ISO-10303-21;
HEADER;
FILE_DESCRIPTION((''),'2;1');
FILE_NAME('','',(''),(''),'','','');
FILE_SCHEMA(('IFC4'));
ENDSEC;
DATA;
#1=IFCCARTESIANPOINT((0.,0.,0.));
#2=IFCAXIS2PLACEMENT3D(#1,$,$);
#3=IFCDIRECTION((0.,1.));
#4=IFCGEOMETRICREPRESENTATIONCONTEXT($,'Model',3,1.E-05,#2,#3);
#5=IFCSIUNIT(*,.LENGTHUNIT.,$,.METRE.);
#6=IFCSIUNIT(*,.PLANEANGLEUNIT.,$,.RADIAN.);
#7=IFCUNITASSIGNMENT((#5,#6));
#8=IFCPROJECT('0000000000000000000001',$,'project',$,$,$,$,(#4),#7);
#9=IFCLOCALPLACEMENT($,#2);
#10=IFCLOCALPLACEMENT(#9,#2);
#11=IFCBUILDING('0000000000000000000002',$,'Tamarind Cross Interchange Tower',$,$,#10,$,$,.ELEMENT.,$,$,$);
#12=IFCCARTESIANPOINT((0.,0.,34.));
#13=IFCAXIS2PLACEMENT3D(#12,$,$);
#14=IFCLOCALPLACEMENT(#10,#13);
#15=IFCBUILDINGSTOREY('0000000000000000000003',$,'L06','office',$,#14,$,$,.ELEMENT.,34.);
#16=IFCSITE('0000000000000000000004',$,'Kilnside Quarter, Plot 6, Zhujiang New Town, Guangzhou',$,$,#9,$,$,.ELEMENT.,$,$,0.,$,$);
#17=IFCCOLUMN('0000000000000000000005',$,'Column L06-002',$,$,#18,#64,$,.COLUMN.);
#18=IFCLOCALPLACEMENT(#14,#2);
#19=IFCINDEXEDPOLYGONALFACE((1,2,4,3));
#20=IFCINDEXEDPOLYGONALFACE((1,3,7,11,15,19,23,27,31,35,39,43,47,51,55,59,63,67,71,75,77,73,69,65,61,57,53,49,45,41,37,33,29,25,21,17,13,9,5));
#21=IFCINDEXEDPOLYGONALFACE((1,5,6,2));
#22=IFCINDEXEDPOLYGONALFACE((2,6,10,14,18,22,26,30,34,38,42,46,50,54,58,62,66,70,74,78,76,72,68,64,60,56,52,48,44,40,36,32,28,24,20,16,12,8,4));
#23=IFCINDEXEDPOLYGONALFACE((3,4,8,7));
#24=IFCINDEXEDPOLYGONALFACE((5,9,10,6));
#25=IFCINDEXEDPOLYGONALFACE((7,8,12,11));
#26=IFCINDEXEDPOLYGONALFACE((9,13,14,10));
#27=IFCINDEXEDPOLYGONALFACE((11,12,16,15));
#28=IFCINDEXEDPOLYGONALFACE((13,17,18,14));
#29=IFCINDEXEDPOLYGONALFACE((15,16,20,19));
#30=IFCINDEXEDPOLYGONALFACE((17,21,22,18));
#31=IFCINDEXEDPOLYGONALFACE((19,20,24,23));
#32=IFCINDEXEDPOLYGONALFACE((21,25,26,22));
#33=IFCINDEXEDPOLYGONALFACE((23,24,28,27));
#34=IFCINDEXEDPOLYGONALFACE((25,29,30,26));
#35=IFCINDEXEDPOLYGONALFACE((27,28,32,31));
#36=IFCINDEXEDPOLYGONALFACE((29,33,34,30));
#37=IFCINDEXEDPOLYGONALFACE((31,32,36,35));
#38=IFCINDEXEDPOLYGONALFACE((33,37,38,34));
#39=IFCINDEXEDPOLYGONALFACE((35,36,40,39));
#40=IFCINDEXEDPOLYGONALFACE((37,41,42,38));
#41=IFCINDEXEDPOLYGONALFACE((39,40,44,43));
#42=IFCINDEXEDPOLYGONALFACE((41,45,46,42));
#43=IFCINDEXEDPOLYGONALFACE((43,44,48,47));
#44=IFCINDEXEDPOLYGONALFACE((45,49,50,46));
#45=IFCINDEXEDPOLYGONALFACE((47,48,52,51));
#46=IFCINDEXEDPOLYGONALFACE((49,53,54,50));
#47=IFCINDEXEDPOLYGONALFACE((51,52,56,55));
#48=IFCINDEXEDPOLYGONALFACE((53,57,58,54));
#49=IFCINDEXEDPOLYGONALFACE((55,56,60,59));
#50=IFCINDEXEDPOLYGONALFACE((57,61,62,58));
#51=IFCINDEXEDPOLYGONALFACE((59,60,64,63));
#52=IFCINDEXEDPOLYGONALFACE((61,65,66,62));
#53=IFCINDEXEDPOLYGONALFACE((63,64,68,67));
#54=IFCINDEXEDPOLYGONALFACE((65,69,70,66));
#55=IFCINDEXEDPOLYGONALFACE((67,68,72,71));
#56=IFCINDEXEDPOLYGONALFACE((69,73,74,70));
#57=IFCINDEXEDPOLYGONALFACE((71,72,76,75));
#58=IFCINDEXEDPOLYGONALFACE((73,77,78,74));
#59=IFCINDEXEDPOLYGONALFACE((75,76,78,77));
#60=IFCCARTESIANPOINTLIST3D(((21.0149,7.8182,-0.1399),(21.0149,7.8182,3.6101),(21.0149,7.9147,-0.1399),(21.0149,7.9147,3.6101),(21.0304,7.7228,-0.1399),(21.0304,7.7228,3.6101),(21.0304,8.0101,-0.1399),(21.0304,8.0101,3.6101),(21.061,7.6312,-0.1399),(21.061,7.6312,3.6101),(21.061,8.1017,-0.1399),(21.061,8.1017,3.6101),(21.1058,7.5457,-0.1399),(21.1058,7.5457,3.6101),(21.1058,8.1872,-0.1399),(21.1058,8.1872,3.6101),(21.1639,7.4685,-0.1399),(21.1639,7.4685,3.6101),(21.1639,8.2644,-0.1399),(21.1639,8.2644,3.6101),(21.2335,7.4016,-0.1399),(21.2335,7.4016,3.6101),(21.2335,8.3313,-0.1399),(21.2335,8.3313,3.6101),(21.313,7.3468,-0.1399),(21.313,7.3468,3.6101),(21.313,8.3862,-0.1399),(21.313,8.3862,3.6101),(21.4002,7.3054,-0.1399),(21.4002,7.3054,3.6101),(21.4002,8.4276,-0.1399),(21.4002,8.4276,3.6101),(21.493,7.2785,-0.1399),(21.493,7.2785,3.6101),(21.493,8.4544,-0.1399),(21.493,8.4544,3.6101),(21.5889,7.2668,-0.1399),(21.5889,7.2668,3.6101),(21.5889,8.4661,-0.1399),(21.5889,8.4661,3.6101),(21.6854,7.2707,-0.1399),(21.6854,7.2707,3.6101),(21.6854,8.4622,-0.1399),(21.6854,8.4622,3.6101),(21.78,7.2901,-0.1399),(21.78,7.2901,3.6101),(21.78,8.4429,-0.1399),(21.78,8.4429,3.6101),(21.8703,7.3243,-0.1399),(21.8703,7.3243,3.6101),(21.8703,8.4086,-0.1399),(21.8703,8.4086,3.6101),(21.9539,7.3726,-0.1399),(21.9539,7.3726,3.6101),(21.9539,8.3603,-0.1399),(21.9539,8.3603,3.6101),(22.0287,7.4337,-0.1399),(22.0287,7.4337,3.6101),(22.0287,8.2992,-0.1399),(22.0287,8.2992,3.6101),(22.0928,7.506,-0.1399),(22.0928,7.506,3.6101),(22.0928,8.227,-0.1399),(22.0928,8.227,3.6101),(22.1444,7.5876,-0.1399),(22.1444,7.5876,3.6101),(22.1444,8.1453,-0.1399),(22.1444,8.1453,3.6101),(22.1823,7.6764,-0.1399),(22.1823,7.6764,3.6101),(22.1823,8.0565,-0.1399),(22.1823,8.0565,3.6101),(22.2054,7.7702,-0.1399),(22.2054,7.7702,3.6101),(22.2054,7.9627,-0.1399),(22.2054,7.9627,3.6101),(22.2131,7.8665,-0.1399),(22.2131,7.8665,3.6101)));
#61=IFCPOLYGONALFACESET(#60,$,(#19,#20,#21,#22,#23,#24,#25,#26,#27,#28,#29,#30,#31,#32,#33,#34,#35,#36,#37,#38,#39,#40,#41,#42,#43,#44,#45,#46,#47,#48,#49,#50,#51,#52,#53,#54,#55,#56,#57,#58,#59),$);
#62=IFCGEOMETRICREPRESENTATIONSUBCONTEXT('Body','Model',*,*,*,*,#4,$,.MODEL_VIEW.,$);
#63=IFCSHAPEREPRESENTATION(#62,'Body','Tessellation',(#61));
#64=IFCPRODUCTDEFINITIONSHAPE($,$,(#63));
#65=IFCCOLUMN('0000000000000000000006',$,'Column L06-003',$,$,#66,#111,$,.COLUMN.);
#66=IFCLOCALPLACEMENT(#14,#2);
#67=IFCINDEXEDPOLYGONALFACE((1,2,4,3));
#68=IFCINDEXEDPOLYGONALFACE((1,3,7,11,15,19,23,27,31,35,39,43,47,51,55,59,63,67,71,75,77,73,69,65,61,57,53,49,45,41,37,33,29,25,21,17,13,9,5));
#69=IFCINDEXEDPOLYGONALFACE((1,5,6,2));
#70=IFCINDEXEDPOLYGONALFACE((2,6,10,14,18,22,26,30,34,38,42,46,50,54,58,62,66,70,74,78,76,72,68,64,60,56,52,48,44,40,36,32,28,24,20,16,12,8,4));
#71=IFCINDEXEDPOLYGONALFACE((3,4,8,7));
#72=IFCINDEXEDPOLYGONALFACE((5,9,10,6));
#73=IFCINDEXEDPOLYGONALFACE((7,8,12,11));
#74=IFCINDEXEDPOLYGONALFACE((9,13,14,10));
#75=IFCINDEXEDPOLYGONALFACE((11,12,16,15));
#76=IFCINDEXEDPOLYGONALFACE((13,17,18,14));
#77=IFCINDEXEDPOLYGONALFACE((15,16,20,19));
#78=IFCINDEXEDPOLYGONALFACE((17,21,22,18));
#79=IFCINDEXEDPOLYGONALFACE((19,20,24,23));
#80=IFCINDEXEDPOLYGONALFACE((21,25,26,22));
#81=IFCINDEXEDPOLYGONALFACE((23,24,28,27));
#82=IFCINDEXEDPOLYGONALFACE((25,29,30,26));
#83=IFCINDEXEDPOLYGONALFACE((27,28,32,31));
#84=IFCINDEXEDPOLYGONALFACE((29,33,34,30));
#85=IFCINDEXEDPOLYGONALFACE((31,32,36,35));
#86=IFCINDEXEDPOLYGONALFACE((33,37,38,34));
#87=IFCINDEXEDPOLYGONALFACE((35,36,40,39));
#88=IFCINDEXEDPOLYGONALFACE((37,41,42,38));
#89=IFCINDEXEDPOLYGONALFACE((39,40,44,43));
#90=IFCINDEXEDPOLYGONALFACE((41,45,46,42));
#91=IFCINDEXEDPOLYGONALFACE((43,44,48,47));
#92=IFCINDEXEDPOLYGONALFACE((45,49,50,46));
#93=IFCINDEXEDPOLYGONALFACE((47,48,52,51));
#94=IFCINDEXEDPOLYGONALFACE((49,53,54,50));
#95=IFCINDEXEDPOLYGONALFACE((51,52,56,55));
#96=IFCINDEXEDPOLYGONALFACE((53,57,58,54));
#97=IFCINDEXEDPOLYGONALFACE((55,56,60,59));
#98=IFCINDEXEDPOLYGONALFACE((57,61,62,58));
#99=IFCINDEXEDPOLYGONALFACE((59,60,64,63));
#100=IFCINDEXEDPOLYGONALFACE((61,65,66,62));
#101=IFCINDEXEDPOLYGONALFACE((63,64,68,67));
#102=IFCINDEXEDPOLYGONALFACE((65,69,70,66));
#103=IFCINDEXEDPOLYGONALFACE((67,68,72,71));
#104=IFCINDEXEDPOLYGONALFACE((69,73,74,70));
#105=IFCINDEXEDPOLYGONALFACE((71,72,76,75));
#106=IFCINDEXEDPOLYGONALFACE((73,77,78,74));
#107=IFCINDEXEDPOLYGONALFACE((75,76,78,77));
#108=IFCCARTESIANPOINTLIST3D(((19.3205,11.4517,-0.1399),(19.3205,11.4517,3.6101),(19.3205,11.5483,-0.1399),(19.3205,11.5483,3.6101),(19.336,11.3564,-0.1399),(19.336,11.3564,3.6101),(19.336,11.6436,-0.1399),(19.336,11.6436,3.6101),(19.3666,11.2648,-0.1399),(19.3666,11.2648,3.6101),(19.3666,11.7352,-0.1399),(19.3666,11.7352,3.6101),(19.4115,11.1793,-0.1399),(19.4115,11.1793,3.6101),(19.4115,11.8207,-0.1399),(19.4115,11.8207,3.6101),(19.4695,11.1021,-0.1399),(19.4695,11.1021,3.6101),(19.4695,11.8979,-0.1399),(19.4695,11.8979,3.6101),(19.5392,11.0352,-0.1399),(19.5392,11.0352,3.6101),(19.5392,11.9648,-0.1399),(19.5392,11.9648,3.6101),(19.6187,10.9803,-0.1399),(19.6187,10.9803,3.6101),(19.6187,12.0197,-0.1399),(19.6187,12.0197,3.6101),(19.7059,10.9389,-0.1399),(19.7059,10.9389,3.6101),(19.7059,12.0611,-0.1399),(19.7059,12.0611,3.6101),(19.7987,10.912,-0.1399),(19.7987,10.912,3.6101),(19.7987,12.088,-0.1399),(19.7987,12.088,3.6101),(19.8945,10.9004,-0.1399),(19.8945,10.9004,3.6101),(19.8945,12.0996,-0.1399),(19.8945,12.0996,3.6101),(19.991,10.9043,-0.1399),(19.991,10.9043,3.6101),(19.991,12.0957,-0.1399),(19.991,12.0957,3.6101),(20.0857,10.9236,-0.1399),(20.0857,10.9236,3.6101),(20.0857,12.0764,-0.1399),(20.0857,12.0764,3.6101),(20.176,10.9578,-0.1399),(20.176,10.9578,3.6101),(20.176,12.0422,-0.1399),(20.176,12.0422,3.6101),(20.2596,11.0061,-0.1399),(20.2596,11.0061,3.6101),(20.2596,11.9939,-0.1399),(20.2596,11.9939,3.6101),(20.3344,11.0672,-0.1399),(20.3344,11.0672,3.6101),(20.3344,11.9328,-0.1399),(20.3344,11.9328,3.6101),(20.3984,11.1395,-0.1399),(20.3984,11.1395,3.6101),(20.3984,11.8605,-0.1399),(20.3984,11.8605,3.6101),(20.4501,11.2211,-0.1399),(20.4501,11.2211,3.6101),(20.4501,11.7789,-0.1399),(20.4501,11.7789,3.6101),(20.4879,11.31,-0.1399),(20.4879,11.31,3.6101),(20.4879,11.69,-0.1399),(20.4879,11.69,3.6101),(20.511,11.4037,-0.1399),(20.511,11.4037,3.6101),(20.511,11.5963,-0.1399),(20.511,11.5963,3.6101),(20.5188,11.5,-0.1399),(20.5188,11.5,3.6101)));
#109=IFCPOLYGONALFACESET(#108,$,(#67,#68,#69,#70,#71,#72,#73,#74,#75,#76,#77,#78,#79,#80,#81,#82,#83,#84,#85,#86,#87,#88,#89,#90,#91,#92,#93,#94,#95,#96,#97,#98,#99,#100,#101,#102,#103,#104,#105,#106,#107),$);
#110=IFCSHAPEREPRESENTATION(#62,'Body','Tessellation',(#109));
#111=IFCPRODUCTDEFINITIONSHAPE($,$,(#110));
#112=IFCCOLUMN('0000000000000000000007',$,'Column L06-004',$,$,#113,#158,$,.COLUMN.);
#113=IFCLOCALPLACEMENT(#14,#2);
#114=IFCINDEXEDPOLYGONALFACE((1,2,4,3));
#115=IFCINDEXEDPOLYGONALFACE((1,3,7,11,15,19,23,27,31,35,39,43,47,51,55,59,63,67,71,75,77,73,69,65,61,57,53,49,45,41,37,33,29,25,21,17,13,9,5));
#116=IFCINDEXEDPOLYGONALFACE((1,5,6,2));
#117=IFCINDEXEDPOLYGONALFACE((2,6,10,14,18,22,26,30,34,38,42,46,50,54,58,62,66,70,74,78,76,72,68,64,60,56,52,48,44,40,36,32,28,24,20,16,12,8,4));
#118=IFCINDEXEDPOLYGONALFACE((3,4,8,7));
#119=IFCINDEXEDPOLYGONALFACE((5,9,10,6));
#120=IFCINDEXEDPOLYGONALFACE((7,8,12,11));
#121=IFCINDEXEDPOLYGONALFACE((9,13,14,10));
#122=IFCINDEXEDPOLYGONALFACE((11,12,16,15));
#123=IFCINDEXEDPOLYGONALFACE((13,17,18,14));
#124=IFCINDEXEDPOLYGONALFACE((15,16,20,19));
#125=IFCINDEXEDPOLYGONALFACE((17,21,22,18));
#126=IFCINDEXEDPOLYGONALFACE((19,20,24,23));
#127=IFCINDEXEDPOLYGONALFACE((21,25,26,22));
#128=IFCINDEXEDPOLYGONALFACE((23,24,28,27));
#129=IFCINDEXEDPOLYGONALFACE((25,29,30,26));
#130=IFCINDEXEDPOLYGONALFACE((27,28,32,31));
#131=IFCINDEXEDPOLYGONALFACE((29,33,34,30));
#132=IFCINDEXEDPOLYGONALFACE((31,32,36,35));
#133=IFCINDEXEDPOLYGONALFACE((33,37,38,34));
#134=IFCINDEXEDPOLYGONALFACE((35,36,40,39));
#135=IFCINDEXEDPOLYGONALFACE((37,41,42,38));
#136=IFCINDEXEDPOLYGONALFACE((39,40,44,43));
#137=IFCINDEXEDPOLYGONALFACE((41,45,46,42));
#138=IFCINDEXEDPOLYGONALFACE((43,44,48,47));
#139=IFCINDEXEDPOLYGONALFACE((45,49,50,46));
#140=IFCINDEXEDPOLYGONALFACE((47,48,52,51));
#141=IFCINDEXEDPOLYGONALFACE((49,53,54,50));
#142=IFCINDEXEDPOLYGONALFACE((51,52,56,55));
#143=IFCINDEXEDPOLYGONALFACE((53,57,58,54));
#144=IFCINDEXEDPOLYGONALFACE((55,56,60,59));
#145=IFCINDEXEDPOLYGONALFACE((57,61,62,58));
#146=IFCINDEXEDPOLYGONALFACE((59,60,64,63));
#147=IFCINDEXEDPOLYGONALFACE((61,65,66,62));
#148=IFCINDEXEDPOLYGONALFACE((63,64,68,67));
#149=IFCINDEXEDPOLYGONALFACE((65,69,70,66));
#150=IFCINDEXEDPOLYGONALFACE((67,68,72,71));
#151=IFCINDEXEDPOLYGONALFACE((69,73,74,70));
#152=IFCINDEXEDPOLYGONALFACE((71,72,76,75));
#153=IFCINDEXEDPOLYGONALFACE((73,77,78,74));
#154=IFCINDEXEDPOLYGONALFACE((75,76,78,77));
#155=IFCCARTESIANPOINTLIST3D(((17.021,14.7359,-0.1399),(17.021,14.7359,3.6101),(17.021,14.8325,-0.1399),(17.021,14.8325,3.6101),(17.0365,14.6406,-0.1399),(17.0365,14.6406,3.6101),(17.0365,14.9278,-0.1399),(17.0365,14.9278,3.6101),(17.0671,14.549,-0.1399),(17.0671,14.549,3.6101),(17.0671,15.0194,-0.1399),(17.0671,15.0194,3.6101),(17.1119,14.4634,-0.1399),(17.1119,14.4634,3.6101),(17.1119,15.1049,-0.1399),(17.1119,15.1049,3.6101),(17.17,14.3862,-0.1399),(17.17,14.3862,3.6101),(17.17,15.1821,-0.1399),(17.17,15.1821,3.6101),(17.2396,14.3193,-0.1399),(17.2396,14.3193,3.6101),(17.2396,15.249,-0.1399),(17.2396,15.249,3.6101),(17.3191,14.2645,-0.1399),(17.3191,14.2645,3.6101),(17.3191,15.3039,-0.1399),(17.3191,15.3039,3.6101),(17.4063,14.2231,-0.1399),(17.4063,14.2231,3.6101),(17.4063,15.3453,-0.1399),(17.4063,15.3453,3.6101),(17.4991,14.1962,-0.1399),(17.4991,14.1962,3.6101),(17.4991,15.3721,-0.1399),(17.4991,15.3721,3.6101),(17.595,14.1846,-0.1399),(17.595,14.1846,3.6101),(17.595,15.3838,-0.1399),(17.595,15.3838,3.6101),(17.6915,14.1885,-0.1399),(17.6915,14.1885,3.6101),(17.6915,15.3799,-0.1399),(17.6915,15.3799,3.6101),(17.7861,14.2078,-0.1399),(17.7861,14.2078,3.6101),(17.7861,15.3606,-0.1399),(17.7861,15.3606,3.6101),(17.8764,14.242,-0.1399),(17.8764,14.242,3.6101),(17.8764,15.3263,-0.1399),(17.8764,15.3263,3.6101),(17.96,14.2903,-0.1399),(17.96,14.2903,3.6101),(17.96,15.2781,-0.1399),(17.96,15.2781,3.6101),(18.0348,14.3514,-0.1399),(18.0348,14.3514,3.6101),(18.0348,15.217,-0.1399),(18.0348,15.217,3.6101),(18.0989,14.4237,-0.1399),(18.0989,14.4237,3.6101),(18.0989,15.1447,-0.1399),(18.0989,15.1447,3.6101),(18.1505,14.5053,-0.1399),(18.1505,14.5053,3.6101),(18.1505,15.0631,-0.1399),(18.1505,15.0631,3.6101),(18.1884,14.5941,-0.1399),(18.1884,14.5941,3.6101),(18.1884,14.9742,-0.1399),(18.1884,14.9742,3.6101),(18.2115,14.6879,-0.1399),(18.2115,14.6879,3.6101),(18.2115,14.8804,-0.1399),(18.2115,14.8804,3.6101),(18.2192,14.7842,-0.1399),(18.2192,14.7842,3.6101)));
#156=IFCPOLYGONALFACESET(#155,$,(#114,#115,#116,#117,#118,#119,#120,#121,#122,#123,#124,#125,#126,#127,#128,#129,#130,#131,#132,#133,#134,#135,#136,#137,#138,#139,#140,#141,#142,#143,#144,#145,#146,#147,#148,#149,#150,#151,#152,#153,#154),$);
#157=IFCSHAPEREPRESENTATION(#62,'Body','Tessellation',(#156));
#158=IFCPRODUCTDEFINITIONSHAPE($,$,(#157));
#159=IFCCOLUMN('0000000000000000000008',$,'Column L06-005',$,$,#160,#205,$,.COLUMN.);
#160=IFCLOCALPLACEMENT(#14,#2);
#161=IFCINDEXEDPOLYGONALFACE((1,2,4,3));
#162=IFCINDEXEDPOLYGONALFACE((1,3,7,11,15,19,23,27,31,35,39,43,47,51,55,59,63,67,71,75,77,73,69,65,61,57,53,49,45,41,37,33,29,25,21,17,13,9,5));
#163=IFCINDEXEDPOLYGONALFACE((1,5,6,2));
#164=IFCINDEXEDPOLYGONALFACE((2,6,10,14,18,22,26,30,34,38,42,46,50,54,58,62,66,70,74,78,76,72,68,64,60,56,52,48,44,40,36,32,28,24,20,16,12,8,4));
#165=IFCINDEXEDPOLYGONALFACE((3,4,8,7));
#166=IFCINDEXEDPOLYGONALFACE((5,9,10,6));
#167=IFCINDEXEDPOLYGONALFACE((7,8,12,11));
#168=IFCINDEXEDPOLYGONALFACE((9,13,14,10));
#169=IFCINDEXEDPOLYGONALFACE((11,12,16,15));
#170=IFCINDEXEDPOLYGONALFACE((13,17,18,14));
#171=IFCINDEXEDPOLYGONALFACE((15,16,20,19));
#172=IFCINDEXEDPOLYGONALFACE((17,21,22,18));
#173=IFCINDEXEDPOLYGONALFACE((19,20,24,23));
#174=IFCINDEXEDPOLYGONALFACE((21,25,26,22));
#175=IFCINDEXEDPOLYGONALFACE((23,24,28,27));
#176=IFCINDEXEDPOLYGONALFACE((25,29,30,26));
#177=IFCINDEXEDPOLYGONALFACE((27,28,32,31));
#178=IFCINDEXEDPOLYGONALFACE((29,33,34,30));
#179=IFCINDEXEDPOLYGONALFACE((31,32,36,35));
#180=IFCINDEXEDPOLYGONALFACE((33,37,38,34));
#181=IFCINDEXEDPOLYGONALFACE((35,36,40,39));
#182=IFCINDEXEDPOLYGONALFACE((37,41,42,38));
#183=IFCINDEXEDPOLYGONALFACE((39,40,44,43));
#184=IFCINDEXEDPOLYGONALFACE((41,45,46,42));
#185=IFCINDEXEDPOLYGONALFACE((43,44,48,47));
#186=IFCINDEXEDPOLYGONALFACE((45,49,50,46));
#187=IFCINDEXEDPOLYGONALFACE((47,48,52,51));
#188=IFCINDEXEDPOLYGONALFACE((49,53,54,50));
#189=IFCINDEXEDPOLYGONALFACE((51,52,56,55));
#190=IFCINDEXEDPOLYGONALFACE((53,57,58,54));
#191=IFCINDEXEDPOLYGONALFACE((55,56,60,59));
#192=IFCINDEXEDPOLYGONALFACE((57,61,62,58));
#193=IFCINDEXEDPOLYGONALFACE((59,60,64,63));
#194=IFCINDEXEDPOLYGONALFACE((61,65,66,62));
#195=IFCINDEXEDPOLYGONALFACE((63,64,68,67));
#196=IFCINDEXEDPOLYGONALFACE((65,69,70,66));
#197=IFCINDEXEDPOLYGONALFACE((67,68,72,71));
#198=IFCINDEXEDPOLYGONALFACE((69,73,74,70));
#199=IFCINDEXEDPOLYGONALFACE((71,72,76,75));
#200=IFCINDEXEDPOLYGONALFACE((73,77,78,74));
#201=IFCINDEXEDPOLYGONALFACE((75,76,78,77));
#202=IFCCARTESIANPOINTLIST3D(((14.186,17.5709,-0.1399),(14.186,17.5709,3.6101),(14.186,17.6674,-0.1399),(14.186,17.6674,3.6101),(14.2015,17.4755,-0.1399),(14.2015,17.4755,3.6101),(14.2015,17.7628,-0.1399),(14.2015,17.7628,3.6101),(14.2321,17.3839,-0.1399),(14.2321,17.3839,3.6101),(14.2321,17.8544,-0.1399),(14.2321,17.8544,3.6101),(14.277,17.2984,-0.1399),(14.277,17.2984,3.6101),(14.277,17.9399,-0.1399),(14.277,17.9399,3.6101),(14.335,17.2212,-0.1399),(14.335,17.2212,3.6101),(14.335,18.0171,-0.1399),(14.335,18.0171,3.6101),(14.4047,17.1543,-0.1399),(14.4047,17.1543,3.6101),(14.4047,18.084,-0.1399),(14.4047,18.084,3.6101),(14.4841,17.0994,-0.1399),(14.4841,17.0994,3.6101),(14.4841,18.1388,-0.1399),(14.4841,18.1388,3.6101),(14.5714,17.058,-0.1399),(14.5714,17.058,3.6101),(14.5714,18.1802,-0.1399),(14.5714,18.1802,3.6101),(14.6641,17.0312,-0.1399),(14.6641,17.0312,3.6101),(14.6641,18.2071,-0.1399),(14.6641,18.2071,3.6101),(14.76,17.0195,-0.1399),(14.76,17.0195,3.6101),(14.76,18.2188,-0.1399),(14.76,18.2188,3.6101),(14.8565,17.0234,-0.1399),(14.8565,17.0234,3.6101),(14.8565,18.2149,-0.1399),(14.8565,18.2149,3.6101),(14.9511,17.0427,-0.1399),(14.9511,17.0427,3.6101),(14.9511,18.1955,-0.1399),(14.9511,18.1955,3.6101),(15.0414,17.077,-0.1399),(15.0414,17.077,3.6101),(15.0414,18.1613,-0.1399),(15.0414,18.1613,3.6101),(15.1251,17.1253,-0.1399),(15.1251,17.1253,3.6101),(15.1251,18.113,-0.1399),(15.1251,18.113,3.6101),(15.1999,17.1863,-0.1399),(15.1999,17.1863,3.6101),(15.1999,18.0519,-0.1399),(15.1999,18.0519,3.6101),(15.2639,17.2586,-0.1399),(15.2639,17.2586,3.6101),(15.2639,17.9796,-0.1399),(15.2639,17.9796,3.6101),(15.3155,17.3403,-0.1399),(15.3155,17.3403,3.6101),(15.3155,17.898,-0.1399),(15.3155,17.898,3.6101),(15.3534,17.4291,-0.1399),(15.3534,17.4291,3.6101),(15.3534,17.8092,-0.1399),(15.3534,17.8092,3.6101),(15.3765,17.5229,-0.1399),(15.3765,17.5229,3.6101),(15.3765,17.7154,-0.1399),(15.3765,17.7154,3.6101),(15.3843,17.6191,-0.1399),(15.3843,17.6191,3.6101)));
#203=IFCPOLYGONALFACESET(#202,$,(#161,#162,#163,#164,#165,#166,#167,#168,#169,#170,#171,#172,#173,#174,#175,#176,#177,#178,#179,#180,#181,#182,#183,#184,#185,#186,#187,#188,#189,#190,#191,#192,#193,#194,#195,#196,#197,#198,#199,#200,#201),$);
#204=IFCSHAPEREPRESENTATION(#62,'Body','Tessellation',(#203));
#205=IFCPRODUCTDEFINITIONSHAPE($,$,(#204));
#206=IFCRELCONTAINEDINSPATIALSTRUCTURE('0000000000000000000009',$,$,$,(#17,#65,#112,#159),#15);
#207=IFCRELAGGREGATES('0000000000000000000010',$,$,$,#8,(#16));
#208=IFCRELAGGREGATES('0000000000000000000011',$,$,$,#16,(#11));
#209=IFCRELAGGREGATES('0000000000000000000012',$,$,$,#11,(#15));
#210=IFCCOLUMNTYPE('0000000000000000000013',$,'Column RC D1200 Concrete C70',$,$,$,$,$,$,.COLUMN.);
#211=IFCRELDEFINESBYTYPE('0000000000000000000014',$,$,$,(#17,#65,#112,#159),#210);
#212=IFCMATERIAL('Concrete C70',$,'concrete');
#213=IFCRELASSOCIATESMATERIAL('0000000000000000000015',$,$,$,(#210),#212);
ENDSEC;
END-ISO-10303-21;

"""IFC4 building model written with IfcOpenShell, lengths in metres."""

from ifc_helpers import new_model, si_unit, direction, frame, origin, origin_2d, place, context, subcontext, project, spatial, circle, extrude, material, material_profile, profile_set, type_object, element, save


model = new_model("IFC4")

# Units and contexts
model_context = context("Model", 3, precision=1e-05, world=origin(), true_north=direction((0.0, 1.0)))
body_context = subcontext(model_context, "Body", "Model", "MODEL_VIEW")
ifc_project = project(units=[si_unit("LENGTHUNIT", "METRE"), si_unit("PLANEANGLEUNIT", "RADIAN")], contexts=[model_context])

# Site, building, storey
site_placement = place(None, origin())
site = spatial("IfcSite", under=ifc_project, at=site_placement, Name="Kilnside Quarter, Plot 6, Zhujiang New Town, Guangzhou", CompositionType="ELEMENT", RefElevation=0.0)
building_placement = place(site_placement, origin())
building = spatial("IfcBuilding", under=site, at=building_placement, Name="Tamarind Cross Interchange Tower", CompositionType="ELEMENT")
storey_placement = place(building_placement, frame((0.0, 0.0, 34.0)))
storey = spatial("IfcBuildingStorey", under=building, at=storey_placement, Name="L06", Description="office", CompositionType="ELEMENT", Elevation=34.0)

# Columns
ifc_material_1 = material(Name="Concrete C70", Category="concrete")
ifc_material_profile_1 = material_profile(ifc_material_1, circle(Radius=0.6001, at=origin_2d()), Name="RC D1200")
ifc_profile_set_1 = profile_set([ifc_material_profile_1], Name="Concrete C70")
column_type = type_object("IfcColumnType", Name="Column RC D1200 Concrete C70", PredefinedType="COLUMN", material=ifc_profile_set_1)
for number, where, z_axis, x_axis, name in (
    (1, (21.613, 7.8665, -0.1399), (0.0, 0.0, 1.0), (1.0, 0.0, 0.0), "Column L06-002"),
    (2, (19.9187, 11.5, -0.1399), (0.0, 0.0, 1.0), (1.0, 0.0, 0.0), "Column L06-003"),
    (3, (17.6191, 14.7842, -0.1399), (0.0, 0.0, 1.0), (1.0, 0.0, 0.0), "Column L06-004"),
    (4, (14.7842, 17.6191, -0.1399), (0.0, 0.0, 1.0), (1.0, 0.0, 0.0), "Column L06-005"),
):
    element("IfcColumn", number, at=place(storey_placement, frame(where, z_axis=z_axis, x_axis=x_axis)), inside=storey, type_object=column_type, Name=name, PredefinedType="COLUMN", context=body_context, shape_type="SweptSolid", body=[
        extrude(circle(Radius=0.6001, at=origin_2d()), origin(), (0.0, 0.0, 1.0), 3.75),
    ])

save(model, "model.ifc")
